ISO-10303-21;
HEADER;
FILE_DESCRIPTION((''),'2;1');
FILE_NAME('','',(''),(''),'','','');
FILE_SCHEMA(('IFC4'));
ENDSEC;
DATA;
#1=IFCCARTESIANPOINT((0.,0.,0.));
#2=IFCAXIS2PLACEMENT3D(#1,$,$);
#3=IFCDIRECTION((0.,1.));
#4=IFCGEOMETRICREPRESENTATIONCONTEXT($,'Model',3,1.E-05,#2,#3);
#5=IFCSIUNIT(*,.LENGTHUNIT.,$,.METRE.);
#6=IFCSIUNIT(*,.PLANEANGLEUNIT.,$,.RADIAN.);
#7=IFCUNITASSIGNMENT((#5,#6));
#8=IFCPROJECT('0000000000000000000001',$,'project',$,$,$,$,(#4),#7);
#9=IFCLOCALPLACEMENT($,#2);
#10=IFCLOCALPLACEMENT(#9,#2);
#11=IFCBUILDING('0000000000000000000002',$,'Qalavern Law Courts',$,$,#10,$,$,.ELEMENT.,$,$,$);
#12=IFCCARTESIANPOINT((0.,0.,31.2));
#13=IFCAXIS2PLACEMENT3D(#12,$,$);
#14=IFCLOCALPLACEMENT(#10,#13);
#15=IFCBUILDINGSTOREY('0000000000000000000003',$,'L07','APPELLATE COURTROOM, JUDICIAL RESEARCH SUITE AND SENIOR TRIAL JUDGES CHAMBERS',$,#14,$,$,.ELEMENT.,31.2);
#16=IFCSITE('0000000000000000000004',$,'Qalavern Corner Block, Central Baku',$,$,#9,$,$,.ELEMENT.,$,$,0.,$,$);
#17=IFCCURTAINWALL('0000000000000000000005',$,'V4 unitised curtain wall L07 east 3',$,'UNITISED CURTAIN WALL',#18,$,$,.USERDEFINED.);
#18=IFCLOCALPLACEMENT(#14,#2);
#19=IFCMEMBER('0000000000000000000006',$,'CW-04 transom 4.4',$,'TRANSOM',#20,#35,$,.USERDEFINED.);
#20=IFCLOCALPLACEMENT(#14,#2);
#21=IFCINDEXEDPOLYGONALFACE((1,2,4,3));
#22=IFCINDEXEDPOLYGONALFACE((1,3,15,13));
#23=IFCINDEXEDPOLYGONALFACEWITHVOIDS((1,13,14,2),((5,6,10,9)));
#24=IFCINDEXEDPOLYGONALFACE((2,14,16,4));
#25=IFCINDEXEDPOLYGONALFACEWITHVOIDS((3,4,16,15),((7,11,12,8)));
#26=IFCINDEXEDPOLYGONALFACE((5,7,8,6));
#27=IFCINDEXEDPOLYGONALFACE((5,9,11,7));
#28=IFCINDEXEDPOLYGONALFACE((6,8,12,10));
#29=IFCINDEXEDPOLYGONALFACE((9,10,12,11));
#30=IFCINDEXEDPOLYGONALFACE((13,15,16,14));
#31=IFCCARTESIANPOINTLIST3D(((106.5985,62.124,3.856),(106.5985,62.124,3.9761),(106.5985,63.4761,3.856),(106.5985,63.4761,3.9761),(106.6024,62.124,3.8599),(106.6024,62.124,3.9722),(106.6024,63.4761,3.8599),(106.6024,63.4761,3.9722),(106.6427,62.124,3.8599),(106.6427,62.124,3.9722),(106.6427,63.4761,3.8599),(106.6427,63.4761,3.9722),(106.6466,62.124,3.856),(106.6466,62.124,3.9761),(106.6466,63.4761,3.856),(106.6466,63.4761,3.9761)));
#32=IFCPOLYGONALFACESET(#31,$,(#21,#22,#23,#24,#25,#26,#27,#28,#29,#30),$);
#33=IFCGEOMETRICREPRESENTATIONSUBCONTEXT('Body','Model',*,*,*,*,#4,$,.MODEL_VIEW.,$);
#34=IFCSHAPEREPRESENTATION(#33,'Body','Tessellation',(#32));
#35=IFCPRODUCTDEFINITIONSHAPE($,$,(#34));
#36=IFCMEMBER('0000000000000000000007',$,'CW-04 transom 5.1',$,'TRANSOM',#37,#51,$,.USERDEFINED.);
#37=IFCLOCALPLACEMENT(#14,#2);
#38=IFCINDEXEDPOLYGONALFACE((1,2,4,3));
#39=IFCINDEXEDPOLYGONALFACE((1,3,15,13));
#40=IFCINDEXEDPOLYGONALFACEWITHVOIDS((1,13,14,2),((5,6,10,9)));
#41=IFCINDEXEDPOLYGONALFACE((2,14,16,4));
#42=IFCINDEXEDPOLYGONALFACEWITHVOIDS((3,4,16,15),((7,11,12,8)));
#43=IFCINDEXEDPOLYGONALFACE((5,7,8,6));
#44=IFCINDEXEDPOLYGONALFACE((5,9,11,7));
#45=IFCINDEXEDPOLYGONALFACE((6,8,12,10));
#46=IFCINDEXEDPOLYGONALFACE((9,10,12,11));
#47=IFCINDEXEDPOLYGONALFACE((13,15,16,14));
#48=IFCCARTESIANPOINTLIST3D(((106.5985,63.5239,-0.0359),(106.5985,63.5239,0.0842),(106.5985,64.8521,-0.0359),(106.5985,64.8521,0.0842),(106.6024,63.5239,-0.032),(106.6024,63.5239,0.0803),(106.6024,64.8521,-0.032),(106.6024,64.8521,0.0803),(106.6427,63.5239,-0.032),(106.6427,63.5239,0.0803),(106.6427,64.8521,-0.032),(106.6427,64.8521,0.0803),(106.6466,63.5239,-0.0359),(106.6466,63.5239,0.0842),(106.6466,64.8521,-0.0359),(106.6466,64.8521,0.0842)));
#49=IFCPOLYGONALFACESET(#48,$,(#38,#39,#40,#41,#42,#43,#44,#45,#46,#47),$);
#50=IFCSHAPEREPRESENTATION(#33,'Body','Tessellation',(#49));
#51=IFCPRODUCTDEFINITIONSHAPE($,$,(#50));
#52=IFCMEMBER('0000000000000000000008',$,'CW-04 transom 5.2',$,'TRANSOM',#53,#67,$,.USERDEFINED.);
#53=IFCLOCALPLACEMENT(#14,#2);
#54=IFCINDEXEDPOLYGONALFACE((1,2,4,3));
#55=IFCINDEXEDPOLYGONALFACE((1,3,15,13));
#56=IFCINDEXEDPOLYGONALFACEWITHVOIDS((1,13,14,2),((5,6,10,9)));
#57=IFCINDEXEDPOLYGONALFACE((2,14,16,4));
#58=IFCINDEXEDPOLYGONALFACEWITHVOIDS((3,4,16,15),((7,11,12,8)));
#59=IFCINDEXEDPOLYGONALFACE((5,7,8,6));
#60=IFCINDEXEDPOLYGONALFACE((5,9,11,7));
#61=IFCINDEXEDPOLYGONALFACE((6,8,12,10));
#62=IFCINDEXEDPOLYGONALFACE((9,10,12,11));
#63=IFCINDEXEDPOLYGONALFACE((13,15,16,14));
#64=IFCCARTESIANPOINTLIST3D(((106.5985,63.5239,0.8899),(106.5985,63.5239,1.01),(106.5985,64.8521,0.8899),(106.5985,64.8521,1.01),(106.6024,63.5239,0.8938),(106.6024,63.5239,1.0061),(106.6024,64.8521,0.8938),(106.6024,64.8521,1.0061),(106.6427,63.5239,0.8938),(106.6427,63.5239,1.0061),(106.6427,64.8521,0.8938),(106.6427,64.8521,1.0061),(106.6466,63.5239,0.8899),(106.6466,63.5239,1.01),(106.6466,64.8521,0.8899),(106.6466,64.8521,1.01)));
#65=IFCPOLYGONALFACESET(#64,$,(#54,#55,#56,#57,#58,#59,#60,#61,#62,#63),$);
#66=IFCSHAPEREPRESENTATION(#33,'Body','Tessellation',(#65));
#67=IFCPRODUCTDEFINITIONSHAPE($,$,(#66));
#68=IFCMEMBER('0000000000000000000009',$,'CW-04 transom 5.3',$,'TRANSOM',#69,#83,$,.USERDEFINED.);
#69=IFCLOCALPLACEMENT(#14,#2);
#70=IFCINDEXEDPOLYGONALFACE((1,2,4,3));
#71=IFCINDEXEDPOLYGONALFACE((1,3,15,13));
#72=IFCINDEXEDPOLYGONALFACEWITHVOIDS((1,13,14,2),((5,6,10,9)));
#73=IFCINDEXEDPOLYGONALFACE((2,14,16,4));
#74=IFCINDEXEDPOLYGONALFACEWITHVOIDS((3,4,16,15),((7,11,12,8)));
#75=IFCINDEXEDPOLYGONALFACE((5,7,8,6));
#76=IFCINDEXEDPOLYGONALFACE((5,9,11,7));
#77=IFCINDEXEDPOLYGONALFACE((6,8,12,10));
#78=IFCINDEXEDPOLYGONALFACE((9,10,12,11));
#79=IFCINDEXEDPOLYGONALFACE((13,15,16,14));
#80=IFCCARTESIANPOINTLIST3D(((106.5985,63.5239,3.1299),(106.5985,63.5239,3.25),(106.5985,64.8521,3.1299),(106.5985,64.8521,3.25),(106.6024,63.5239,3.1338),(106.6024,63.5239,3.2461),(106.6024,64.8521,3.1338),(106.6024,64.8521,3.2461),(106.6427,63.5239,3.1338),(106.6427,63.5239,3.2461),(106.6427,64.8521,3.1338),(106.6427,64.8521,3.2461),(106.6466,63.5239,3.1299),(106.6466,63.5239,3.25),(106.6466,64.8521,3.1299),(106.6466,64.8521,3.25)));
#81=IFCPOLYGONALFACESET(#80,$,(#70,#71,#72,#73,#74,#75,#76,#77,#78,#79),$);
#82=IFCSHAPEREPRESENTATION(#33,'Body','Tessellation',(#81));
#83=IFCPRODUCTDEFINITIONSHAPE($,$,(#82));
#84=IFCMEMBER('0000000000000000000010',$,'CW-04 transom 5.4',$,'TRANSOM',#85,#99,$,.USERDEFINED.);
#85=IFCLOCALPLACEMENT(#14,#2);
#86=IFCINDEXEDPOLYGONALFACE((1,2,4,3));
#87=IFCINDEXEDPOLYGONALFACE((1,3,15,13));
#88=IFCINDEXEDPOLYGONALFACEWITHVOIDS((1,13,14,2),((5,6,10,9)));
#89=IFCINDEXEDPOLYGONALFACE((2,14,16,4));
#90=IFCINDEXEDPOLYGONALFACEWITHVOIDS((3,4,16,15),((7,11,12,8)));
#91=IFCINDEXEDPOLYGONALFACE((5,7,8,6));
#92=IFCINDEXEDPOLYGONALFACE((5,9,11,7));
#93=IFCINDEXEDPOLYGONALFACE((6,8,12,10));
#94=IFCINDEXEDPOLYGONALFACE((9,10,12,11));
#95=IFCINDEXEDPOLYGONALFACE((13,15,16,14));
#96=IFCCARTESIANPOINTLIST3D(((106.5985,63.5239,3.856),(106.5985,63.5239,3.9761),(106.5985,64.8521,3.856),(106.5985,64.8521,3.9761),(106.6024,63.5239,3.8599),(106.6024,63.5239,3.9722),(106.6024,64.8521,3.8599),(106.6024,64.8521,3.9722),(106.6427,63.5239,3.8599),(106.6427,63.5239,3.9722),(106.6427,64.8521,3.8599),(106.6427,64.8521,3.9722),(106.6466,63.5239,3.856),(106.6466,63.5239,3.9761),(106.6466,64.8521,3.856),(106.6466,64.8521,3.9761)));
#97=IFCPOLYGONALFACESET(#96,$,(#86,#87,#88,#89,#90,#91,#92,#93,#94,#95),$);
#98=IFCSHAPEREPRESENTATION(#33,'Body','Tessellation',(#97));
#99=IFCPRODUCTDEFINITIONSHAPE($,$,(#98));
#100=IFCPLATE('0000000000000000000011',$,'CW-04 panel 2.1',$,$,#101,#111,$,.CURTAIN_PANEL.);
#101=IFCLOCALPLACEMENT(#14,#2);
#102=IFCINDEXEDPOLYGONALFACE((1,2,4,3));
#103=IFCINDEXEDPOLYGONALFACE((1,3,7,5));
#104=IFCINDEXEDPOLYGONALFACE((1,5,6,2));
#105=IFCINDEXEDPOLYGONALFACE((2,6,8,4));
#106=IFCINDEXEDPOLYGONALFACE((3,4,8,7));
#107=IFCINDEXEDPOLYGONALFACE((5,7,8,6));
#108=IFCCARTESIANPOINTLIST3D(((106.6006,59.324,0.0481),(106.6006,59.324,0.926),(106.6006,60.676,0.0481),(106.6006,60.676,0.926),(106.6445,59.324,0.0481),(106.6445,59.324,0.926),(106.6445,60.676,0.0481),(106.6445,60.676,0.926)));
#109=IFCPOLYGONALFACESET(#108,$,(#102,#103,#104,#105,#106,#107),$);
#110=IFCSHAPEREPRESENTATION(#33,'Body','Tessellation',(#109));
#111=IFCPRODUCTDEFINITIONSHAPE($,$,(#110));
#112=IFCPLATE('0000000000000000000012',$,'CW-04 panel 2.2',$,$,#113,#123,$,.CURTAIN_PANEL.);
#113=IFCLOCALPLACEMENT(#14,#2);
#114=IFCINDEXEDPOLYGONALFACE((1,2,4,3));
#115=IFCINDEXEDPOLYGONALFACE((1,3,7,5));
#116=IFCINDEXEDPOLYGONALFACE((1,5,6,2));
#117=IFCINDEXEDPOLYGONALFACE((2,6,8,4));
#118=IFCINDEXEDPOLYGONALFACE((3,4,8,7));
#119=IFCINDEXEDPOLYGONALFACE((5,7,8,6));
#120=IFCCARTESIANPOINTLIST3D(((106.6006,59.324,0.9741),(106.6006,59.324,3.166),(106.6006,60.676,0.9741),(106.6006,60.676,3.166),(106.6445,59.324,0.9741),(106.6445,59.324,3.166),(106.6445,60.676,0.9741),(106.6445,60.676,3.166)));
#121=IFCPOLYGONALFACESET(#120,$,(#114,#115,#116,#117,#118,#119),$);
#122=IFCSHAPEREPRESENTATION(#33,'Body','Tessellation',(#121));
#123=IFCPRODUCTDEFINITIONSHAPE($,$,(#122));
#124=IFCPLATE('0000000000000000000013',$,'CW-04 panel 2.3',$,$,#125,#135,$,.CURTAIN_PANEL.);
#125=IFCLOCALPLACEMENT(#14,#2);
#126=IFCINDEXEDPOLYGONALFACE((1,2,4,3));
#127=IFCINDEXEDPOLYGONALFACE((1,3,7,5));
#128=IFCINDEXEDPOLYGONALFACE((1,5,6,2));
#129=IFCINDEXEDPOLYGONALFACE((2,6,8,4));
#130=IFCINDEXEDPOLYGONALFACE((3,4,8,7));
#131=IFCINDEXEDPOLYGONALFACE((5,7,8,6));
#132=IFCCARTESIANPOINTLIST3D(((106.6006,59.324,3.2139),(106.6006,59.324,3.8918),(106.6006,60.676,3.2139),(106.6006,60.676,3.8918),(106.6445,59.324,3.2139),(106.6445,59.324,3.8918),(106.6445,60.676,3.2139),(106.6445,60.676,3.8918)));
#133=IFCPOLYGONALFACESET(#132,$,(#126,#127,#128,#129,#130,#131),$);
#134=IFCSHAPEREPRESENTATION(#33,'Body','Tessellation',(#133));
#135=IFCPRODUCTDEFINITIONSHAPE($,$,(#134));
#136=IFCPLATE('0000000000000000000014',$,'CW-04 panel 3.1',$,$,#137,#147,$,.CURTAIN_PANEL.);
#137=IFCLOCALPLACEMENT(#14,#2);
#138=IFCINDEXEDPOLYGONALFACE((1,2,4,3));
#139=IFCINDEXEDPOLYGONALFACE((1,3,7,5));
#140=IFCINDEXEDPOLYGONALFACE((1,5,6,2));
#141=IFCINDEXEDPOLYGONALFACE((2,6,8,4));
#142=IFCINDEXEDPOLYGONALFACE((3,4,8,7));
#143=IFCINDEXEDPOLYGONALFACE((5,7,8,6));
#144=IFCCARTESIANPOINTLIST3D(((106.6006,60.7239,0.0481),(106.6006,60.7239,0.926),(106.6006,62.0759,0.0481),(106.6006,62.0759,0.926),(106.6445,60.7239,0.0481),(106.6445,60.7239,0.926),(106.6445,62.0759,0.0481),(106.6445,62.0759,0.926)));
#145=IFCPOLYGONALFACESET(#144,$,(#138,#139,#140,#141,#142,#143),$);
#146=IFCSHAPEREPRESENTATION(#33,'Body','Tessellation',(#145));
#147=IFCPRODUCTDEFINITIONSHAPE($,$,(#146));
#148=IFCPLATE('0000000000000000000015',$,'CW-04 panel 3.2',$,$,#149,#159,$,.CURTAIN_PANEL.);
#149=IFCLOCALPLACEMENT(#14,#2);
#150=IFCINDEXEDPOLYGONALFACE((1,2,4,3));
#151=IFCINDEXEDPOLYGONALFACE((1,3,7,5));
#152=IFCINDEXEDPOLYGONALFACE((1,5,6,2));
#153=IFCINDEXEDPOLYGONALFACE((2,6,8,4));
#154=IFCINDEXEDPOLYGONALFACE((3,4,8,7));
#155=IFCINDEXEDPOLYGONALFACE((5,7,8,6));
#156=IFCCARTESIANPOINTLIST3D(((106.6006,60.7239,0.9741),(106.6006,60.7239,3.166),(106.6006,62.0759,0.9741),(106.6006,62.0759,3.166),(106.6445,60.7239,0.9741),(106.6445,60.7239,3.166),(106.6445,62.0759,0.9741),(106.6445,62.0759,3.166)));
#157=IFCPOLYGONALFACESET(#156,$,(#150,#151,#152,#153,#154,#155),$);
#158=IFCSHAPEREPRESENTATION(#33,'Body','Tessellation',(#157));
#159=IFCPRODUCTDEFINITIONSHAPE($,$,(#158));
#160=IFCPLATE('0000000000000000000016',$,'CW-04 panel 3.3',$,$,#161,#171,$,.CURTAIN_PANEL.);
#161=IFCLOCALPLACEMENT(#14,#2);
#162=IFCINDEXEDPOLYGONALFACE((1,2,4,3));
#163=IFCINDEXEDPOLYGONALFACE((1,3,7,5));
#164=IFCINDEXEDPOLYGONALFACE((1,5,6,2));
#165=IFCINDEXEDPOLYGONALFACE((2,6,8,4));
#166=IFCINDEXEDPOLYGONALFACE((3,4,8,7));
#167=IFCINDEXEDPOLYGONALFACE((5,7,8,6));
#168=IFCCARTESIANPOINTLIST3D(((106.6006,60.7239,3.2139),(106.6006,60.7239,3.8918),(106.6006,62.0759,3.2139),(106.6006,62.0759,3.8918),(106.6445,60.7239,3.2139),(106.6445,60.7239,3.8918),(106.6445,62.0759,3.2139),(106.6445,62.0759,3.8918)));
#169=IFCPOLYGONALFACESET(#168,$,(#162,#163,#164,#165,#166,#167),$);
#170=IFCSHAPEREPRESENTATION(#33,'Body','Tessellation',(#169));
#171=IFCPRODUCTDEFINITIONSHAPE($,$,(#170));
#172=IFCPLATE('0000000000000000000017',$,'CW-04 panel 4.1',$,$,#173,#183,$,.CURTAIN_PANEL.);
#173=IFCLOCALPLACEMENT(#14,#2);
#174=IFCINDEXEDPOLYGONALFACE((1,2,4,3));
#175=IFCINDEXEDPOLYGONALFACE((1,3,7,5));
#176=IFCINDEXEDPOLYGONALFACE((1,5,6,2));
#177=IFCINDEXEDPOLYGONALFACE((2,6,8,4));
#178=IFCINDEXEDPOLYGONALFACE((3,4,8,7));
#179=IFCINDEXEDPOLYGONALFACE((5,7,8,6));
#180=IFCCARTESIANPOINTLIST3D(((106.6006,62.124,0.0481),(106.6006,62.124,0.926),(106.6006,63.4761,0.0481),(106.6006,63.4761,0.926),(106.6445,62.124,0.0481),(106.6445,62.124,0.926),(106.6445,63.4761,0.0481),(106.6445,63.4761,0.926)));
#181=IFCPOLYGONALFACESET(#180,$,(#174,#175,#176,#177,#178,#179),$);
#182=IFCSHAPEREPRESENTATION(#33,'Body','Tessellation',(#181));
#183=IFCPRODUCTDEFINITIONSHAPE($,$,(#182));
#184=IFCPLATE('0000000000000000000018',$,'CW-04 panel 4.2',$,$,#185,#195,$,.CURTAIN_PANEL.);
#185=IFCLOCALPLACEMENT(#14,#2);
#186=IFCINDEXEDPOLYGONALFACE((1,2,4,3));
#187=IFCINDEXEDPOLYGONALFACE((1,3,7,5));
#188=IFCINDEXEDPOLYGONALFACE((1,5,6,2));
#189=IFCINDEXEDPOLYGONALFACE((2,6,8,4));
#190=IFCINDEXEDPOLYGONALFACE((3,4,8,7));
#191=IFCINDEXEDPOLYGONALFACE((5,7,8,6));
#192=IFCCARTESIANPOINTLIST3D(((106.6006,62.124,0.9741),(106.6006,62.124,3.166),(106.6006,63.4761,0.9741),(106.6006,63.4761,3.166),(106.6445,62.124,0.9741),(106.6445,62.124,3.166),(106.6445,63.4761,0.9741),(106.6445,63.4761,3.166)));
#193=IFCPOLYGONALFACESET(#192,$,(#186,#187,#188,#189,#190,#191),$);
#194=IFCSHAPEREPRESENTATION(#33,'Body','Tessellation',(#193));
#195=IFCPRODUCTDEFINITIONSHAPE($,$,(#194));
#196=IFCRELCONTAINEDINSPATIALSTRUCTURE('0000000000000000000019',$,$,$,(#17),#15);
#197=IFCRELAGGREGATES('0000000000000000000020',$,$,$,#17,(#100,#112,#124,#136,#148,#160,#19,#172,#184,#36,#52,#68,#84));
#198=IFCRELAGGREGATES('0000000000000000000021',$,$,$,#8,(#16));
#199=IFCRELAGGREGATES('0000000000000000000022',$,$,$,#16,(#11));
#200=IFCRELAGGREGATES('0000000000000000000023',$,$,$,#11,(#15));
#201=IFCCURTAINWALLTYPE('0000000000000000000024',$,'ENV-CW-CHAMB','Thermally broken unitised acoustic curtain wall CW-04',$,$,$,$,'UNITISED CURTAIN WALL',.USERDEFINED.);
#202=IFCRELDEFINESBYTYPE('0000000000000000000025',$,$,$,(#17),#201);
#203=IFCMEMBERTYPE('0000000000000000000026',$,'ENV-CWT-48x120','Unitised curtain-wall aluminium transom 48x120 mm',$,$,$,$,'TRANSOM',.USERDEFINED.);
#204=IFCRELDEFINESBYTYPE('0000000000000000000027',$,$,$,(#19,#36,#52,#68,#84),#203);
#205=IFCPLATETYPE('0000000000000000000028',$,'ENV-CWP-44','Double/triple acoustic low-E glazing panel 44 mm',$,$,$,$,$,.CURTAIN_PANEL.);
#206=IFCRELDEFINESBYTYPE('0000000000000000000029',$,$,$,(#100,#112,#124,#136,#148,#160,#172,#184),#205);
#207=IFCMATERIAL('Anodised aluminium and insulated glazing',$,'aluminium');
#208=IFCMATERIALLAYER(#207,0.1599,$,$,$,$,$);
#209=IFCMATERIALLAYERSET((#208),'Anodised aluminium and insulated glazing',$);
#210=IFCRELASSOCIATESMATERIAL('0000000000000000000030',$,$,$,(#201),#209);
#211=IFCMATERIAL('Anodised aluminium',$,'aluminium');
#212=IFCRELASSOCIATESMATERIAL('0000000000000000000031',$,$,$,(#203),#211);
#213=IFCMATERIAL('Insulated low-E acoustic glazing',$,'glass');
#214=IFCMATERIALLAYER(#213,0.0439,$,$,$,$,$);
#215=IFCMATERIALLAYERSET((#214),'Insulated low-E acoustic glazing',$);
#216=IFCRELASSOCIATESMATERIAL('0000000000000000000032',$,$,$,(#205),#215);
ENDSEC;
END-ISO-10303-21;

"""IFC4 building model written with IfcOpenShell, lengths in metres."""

from ifc_helpers import new_model, si_unit, direction, frame, origin, origin_2d, place, context, subcontext, project, spatial, rectangle, hollow_rectangle, extrude, material, layer, layer_set, material_profile, profile_set, type_object, element, aggregate, save


model = new_model("IFC4")

# Units and contexts
model_context = context("Model", 3, precision=1e-05, world=origin(), true_north=direction((0.0, 1.0)))
body_context = subcontext(model_context, "Body", "Model", "MODEL_VIEW")
ifc_project = project(units=[si_unit("LENGTHUNIT", "METRE"), si_unit("PLANEANGLEUNIT", "RADIAN")], contexts=[model_context])

# Site, building, storey
site_placement = place(None, origin())
site = spatial("IfcSite", under=ifc_project, at=site_placement, Name="Qalavern Corner Block, Central Baku", CompositionType="ELEMENT", RefElevation=0.0)
building_placement = place(site_placement, origin())
building = spatial("IfcBuilding", under=site, at=building_placement, Name="Qalavern Law Courts", CompositionType="ELEMENT")
storey_placement = place(building_placement, frame((0.0, 0.0, 31.2)))
storey = spatial("IfcBuildingStorey", under=building, at=storey_placement, Name="L07", Description="APPELLATE COURTROOM, JUDICIAL RESEARCH SUITE AND SENIOR TRIAL JUDGES CHAMBERS", CompositionType="ELEMENT", Elevation=31.2)

# Curtain wall, members, plates
ifc_material_1 = material(Name="Anodised aluminium and insulated glazing", Category="aluminium")
ifc_layer_1 = layer(ifc_material_1, 0.1599)
ifc_layer_set_1 = layer_set([ifc_layer_1], Name="Anodised aluminium and insulated glazing")
curtain_wall_type = type_object("IfcCurtainWallType", Name="ENV-CW-CHAMB", Description="Thermally broken unitised acoustic curtain wall CW-04", ElementType="UNITISED CURTAIN WALL", PredefinedType="USERDEFINED", material=ifc_layer_set_1)
curtain_wall_placement = place(storey_placement, origin())
curtain_wall = element("IfcCurtainWall", 1, at=curtain_wall_placement, inside=storey, type_object=curtain_wall_type, Name="V4 unitised curtain wall L07 east 3", ObjectType="UNITISED CURTAIN WALL", PredefinedType="USERDEFINED")
ifc_material_2 = material(Name="Anodised aluminium", Category="aluminium")
ifc_material_profile_1 = material_profile(ifc_material_2, hollow_rectangle(XDim=0.0481, YDim=0.1201, WallThickness=0.0039, at=origin_2d()), Name="ALU TRANSOM 48x120")
ifc_profile_set_1 = profile_set([ifc_material_profile_1], Name="Anodised aluminium")
member_type_1 = type_object("IfcMemberType", Name="ENV-CWT-48x120", Description="Unitised curtain-wall aluminium transom 48x120 mm", ElementType="TRANSOM", PredefinedType="USERDEFINED", material=ifc_profile_set_1)
member_1_placement = place(storey_placement, frame((106.6226, 62.124, 3.916), z_axis=(0.0, 1.0, 0.0), x_axis=(-1.0, 0.0, 0.0)))
member_1 = element("IfcMember", 2, at=member_1_placement, type_object=member_type_1, Name="CW-04 transom 4.4", ObjectType="TRANSOM", PredefinedType="USERDEFINED", context=body_context, shape_type="SweptSolid", body=[
    extrude(hollow_rectangle(XDim=0.0481, YDim=0.1201, WallThickness=0.0039, at=origin_2d()), origin(), (0.0, 0.0, 1.0), 1.3521),
])
member_2_placement = place(storey_placement, frame((106.6226, 63.5239, 0.0242), z_axis=(0.0, 1.0, 0.0), x_axis=(-1.0, 0.0, 0.0)))
member_2 = element("IfcMember", 3, at=member_2_placement, type_object=member_type_1, Name="CW-04 transom 5.1", ObjectType="TRANSOM", PredefinedType="USERDEFINED", context=body_context, shape_type="SweptSolid", body=[
    extrude(hollow_rectangle(XDim=0.0481, YDim=0.1201, WallThickness=0.0039, at=origin_2d()), origin(), (0.0, 0.0, 1.0), 1.3281),
])
member_3_placement = place(storey_placement, frame((106.6226, 63.5239, 0.95), z_axis=(0.0, 1.0, 0.0), x_axis=(-1.0, 0.0, 0.0)))
member_3 = element("IfcMember", 4, at=member_3_placement, type_object=member_type_1, Name="CW-04 transom 5.2", ObjectType="TRANSOM", PredefinedType="USERDEFINED", context=body_context, shape_type="SweptSolid", body=[
    extrude(hollow_rectangle(XDim=0.0481, YDim=0.1201, WallThickness=0.0039, at=origin_2d()), origin(), (0.0, 0.0, 1.0), 1.3281),
])
member_4_placement = place(storey_placement, frame((106.6226, 63.5239, 3.1899), z_axis=(0.0, 1.0, 0.0), x_axis=(-1.0, 0.0, 0.0)))
member_4 = element("IfcMember", 5, at=member_4_placement, type_object=member_type_1, Name="CW-04 transom 5.3", ObjectType="TRANSOM", PredefinedType="USERDEFINED", context=body_context, shape_type="SweptSolid", body=[
    extrude(hollow_rectangle(XDim=0.0481, YDim=0.1201, WallThickness=0.0039, at=origin_2d()), origin(), (0.0, 0.0, 1.0), 1.3281),
])
member_5_placement = place(storey_placement, frame((106.6226, 63.5239, 3.916), z_axis=(0.0, 1.0, 0.0), x_axis=(-1.0, 0.0, 0.0)))
member_5 = element("IfcMember", 6, at=member_5_placement, type_object=member_type_1, Name="CW-04 transom 5.4", ObjectType="TRANSOM", PredefinedType="USERDEFINED", context=body_context, shape_type="SweptSolid", body=[
    extrude(hollow_rectangle(XDim=0.0481, YDim=0.1201, WallThickness=0.0039, at=origin_2d()), origin(), (0.0, 0.0, 1.0), 1.3281),
])
ifc_material_3 = material(Name="Insulated low-E acoustic glazing", Category="glass")
ifc_layer_2 = layer(ifc_material_3, 0.0439)
ifc_layer_set_2 = layer_set([ifc_layer_2], Name="Insulated low-E acoustic glazing")
plate_type = type_object("IfcPlateType", Name="ENV-CWP-44", Description="Double/triple acoustic low-E glazing panel 44 mm", PredefinedType="CURTAIN_PANEL", material=ifc_layer_set_2)
plate_1_placement = place(storey_placement, frame((106.6226, 60.0, 0.0481), z_axis=(0.0, 0.0, 1.0), x_axis=(0.0, 1.0, 0.0)))
plate_1 = element("IfcPlate", 7, at=plate_1_placement, type_object=plate_type, Name="CW-04 panel 2.1", PredefinedType="CURTAIN_PANEL", context=body_context, shape_type="SweptSolid", body=[
    extrude(rectangle(XDim=1.3521, YDim=0.0439, at=origin_2d()), origin(), (0.0, 0.0, 1.0), 0.8779),
])
plate_2_placement = place(storey_placement, frame((106.6226, 60.0, 0.9741), z_axis=(0.0, 0.0, 1.0), x_axis=(0.0, 1.0, 0.0)))
plate_2 = element("IfcPlate", 8, at=plate_2_placement, type_object=plate_type, Name="CW-04 panel 2.2", PredefinedType="CURTAIN_PANEL", context=body_context, shape_type="SweptSolid", body=[
    extrude(rectangle(XDim=1.3521, YDim=0.0439, at=origin_2d()), origin(), (0.0, 0.0, 1.0), 2.1919),
])
plate_3_placement = place(storey_placement, frame((106.6226, 60.0, 3.2139), z_axis=(0.0, 0.0, 1.0), x_axis=(0.0, 1.0, 0.0)))
plate_3 = element("IfcPlate", 9, at=plate_3_placement, type_object=plate_type, Name="CW-04 panel 2.3", PredefinedType="CURTAIN_PANEL", context=body_context, shape_type="SweptSolid", body=[
    extrude(rectangle(XDim=1.3521, YDim=0.0439, at=origin_2d()), origin(), (0.0, 0.0, 1.0), 0.678),
])
plate_4_placement = place(storey_placement, frame((106.6226, 61.3999, 0.0481), z_axis=(0.0, 0.0, 1.0), x_axis=(0.0, 1.0, 0.0)))
plate_4 = element("IfcPlate", 10, at=plate_4_placement, type_object=plate_type, Name="CW-04 panel 3.1", PredefinedType="CURTAIN_PANEL", context=body_context, shape_type="SweptSolid", body=[
    extrude(rectangle(XDim=1.3521, YDim=0.0439, at=origin_2d()), origin(), (0.0, 0.0, 1.0), 0.8779),
])
plate_5_placement = place(storey_placement, frame((106.6226, 61.3999, 0.9741), z_axis=(0.0, 0.0, 1.0), x_axis=(0.0, 1.0, 0.0)))
plate_5 = element("IfcPlate", 11, at=plate_5_placement, type_object=plate_type, Name="CW-04 panel 3.2", PredefinedType="CURTAIN_PANEL", context=body_context, shape_type="SweptSolid", body=[
    extrude(rectangle(XDim=1.3521, YDim=0.0439, at=origin_2d()), origin(), (0.0, 0.0, 1.0), 2.1919),
])
plate_6_placement = place(storey_placement, frame((106.6226, 61.3999, 3.2139), z_axis=(0.0, 0.0, 1.0), x_axis=(0.0, 1.0, 0.0)))
plate_6 = element("IfcPlate", 12, at=plate_6_placement, type_object=plate_type, Name="CW-04 panel 3.3", PredefinedType="CURTAIN_PANEL", context=body_context, shape_type="SweptSolid", body=[
    extrude(rectangle(XDim=1.3521, YDim=0.0439, at=origin_2d()), origin(), (0.0, 0.0, 1.0), 0.678),
])
plate_7_placement = place(storey_placement, frame((106.6226, 62.8, 0.0481), z_axis=(0.0, 0.0, 1.0), x_axis=(0.0, 1.0, 0.0)))
plate_7 = element("IfcPlate", 13, at=plate_7_placement, type_object=plate_type, Name="CW-04 panel 4.1", PredefinedType="CURTAIN_PANEL", context=body_context, shape_type="SweptSolid", body=[
    extrude(rectangle(XDim=1.3521, YDim=0.0439, at=origin_2d()), origin(), (0.0, 0.0, 1.0), 0.8779),
])
plate_8_placement = place(storey_placement, frame((106.6226, 62.8, 0.9741), z_axis=(0.0, 0.0, 1.0), x_axis=(0.0, 1.0, 0.0)))
plate_8 = element("IfcPlate", 14, at=plate_8_placement, type_object=plate_type, Name="CW-04 panel 4.2", PredefinedType="CURTAIN_PANEL", context=body_context, shape_type="SweptSolid", body=[
    extrude(rectangle(XDim=1.3521, YDim=0.0439, at=origin_2d()), origin(), (0.0, 0.0, 1.0), 2.1919),
])
aggregate(curtain_wall, [plate_1, plate_2, plate_3, plate_4, plate_5, plate_6, member_1, plate_7, plate_8, member_2, member_3, member_4, member_5])

save(model, "model.ifc")
